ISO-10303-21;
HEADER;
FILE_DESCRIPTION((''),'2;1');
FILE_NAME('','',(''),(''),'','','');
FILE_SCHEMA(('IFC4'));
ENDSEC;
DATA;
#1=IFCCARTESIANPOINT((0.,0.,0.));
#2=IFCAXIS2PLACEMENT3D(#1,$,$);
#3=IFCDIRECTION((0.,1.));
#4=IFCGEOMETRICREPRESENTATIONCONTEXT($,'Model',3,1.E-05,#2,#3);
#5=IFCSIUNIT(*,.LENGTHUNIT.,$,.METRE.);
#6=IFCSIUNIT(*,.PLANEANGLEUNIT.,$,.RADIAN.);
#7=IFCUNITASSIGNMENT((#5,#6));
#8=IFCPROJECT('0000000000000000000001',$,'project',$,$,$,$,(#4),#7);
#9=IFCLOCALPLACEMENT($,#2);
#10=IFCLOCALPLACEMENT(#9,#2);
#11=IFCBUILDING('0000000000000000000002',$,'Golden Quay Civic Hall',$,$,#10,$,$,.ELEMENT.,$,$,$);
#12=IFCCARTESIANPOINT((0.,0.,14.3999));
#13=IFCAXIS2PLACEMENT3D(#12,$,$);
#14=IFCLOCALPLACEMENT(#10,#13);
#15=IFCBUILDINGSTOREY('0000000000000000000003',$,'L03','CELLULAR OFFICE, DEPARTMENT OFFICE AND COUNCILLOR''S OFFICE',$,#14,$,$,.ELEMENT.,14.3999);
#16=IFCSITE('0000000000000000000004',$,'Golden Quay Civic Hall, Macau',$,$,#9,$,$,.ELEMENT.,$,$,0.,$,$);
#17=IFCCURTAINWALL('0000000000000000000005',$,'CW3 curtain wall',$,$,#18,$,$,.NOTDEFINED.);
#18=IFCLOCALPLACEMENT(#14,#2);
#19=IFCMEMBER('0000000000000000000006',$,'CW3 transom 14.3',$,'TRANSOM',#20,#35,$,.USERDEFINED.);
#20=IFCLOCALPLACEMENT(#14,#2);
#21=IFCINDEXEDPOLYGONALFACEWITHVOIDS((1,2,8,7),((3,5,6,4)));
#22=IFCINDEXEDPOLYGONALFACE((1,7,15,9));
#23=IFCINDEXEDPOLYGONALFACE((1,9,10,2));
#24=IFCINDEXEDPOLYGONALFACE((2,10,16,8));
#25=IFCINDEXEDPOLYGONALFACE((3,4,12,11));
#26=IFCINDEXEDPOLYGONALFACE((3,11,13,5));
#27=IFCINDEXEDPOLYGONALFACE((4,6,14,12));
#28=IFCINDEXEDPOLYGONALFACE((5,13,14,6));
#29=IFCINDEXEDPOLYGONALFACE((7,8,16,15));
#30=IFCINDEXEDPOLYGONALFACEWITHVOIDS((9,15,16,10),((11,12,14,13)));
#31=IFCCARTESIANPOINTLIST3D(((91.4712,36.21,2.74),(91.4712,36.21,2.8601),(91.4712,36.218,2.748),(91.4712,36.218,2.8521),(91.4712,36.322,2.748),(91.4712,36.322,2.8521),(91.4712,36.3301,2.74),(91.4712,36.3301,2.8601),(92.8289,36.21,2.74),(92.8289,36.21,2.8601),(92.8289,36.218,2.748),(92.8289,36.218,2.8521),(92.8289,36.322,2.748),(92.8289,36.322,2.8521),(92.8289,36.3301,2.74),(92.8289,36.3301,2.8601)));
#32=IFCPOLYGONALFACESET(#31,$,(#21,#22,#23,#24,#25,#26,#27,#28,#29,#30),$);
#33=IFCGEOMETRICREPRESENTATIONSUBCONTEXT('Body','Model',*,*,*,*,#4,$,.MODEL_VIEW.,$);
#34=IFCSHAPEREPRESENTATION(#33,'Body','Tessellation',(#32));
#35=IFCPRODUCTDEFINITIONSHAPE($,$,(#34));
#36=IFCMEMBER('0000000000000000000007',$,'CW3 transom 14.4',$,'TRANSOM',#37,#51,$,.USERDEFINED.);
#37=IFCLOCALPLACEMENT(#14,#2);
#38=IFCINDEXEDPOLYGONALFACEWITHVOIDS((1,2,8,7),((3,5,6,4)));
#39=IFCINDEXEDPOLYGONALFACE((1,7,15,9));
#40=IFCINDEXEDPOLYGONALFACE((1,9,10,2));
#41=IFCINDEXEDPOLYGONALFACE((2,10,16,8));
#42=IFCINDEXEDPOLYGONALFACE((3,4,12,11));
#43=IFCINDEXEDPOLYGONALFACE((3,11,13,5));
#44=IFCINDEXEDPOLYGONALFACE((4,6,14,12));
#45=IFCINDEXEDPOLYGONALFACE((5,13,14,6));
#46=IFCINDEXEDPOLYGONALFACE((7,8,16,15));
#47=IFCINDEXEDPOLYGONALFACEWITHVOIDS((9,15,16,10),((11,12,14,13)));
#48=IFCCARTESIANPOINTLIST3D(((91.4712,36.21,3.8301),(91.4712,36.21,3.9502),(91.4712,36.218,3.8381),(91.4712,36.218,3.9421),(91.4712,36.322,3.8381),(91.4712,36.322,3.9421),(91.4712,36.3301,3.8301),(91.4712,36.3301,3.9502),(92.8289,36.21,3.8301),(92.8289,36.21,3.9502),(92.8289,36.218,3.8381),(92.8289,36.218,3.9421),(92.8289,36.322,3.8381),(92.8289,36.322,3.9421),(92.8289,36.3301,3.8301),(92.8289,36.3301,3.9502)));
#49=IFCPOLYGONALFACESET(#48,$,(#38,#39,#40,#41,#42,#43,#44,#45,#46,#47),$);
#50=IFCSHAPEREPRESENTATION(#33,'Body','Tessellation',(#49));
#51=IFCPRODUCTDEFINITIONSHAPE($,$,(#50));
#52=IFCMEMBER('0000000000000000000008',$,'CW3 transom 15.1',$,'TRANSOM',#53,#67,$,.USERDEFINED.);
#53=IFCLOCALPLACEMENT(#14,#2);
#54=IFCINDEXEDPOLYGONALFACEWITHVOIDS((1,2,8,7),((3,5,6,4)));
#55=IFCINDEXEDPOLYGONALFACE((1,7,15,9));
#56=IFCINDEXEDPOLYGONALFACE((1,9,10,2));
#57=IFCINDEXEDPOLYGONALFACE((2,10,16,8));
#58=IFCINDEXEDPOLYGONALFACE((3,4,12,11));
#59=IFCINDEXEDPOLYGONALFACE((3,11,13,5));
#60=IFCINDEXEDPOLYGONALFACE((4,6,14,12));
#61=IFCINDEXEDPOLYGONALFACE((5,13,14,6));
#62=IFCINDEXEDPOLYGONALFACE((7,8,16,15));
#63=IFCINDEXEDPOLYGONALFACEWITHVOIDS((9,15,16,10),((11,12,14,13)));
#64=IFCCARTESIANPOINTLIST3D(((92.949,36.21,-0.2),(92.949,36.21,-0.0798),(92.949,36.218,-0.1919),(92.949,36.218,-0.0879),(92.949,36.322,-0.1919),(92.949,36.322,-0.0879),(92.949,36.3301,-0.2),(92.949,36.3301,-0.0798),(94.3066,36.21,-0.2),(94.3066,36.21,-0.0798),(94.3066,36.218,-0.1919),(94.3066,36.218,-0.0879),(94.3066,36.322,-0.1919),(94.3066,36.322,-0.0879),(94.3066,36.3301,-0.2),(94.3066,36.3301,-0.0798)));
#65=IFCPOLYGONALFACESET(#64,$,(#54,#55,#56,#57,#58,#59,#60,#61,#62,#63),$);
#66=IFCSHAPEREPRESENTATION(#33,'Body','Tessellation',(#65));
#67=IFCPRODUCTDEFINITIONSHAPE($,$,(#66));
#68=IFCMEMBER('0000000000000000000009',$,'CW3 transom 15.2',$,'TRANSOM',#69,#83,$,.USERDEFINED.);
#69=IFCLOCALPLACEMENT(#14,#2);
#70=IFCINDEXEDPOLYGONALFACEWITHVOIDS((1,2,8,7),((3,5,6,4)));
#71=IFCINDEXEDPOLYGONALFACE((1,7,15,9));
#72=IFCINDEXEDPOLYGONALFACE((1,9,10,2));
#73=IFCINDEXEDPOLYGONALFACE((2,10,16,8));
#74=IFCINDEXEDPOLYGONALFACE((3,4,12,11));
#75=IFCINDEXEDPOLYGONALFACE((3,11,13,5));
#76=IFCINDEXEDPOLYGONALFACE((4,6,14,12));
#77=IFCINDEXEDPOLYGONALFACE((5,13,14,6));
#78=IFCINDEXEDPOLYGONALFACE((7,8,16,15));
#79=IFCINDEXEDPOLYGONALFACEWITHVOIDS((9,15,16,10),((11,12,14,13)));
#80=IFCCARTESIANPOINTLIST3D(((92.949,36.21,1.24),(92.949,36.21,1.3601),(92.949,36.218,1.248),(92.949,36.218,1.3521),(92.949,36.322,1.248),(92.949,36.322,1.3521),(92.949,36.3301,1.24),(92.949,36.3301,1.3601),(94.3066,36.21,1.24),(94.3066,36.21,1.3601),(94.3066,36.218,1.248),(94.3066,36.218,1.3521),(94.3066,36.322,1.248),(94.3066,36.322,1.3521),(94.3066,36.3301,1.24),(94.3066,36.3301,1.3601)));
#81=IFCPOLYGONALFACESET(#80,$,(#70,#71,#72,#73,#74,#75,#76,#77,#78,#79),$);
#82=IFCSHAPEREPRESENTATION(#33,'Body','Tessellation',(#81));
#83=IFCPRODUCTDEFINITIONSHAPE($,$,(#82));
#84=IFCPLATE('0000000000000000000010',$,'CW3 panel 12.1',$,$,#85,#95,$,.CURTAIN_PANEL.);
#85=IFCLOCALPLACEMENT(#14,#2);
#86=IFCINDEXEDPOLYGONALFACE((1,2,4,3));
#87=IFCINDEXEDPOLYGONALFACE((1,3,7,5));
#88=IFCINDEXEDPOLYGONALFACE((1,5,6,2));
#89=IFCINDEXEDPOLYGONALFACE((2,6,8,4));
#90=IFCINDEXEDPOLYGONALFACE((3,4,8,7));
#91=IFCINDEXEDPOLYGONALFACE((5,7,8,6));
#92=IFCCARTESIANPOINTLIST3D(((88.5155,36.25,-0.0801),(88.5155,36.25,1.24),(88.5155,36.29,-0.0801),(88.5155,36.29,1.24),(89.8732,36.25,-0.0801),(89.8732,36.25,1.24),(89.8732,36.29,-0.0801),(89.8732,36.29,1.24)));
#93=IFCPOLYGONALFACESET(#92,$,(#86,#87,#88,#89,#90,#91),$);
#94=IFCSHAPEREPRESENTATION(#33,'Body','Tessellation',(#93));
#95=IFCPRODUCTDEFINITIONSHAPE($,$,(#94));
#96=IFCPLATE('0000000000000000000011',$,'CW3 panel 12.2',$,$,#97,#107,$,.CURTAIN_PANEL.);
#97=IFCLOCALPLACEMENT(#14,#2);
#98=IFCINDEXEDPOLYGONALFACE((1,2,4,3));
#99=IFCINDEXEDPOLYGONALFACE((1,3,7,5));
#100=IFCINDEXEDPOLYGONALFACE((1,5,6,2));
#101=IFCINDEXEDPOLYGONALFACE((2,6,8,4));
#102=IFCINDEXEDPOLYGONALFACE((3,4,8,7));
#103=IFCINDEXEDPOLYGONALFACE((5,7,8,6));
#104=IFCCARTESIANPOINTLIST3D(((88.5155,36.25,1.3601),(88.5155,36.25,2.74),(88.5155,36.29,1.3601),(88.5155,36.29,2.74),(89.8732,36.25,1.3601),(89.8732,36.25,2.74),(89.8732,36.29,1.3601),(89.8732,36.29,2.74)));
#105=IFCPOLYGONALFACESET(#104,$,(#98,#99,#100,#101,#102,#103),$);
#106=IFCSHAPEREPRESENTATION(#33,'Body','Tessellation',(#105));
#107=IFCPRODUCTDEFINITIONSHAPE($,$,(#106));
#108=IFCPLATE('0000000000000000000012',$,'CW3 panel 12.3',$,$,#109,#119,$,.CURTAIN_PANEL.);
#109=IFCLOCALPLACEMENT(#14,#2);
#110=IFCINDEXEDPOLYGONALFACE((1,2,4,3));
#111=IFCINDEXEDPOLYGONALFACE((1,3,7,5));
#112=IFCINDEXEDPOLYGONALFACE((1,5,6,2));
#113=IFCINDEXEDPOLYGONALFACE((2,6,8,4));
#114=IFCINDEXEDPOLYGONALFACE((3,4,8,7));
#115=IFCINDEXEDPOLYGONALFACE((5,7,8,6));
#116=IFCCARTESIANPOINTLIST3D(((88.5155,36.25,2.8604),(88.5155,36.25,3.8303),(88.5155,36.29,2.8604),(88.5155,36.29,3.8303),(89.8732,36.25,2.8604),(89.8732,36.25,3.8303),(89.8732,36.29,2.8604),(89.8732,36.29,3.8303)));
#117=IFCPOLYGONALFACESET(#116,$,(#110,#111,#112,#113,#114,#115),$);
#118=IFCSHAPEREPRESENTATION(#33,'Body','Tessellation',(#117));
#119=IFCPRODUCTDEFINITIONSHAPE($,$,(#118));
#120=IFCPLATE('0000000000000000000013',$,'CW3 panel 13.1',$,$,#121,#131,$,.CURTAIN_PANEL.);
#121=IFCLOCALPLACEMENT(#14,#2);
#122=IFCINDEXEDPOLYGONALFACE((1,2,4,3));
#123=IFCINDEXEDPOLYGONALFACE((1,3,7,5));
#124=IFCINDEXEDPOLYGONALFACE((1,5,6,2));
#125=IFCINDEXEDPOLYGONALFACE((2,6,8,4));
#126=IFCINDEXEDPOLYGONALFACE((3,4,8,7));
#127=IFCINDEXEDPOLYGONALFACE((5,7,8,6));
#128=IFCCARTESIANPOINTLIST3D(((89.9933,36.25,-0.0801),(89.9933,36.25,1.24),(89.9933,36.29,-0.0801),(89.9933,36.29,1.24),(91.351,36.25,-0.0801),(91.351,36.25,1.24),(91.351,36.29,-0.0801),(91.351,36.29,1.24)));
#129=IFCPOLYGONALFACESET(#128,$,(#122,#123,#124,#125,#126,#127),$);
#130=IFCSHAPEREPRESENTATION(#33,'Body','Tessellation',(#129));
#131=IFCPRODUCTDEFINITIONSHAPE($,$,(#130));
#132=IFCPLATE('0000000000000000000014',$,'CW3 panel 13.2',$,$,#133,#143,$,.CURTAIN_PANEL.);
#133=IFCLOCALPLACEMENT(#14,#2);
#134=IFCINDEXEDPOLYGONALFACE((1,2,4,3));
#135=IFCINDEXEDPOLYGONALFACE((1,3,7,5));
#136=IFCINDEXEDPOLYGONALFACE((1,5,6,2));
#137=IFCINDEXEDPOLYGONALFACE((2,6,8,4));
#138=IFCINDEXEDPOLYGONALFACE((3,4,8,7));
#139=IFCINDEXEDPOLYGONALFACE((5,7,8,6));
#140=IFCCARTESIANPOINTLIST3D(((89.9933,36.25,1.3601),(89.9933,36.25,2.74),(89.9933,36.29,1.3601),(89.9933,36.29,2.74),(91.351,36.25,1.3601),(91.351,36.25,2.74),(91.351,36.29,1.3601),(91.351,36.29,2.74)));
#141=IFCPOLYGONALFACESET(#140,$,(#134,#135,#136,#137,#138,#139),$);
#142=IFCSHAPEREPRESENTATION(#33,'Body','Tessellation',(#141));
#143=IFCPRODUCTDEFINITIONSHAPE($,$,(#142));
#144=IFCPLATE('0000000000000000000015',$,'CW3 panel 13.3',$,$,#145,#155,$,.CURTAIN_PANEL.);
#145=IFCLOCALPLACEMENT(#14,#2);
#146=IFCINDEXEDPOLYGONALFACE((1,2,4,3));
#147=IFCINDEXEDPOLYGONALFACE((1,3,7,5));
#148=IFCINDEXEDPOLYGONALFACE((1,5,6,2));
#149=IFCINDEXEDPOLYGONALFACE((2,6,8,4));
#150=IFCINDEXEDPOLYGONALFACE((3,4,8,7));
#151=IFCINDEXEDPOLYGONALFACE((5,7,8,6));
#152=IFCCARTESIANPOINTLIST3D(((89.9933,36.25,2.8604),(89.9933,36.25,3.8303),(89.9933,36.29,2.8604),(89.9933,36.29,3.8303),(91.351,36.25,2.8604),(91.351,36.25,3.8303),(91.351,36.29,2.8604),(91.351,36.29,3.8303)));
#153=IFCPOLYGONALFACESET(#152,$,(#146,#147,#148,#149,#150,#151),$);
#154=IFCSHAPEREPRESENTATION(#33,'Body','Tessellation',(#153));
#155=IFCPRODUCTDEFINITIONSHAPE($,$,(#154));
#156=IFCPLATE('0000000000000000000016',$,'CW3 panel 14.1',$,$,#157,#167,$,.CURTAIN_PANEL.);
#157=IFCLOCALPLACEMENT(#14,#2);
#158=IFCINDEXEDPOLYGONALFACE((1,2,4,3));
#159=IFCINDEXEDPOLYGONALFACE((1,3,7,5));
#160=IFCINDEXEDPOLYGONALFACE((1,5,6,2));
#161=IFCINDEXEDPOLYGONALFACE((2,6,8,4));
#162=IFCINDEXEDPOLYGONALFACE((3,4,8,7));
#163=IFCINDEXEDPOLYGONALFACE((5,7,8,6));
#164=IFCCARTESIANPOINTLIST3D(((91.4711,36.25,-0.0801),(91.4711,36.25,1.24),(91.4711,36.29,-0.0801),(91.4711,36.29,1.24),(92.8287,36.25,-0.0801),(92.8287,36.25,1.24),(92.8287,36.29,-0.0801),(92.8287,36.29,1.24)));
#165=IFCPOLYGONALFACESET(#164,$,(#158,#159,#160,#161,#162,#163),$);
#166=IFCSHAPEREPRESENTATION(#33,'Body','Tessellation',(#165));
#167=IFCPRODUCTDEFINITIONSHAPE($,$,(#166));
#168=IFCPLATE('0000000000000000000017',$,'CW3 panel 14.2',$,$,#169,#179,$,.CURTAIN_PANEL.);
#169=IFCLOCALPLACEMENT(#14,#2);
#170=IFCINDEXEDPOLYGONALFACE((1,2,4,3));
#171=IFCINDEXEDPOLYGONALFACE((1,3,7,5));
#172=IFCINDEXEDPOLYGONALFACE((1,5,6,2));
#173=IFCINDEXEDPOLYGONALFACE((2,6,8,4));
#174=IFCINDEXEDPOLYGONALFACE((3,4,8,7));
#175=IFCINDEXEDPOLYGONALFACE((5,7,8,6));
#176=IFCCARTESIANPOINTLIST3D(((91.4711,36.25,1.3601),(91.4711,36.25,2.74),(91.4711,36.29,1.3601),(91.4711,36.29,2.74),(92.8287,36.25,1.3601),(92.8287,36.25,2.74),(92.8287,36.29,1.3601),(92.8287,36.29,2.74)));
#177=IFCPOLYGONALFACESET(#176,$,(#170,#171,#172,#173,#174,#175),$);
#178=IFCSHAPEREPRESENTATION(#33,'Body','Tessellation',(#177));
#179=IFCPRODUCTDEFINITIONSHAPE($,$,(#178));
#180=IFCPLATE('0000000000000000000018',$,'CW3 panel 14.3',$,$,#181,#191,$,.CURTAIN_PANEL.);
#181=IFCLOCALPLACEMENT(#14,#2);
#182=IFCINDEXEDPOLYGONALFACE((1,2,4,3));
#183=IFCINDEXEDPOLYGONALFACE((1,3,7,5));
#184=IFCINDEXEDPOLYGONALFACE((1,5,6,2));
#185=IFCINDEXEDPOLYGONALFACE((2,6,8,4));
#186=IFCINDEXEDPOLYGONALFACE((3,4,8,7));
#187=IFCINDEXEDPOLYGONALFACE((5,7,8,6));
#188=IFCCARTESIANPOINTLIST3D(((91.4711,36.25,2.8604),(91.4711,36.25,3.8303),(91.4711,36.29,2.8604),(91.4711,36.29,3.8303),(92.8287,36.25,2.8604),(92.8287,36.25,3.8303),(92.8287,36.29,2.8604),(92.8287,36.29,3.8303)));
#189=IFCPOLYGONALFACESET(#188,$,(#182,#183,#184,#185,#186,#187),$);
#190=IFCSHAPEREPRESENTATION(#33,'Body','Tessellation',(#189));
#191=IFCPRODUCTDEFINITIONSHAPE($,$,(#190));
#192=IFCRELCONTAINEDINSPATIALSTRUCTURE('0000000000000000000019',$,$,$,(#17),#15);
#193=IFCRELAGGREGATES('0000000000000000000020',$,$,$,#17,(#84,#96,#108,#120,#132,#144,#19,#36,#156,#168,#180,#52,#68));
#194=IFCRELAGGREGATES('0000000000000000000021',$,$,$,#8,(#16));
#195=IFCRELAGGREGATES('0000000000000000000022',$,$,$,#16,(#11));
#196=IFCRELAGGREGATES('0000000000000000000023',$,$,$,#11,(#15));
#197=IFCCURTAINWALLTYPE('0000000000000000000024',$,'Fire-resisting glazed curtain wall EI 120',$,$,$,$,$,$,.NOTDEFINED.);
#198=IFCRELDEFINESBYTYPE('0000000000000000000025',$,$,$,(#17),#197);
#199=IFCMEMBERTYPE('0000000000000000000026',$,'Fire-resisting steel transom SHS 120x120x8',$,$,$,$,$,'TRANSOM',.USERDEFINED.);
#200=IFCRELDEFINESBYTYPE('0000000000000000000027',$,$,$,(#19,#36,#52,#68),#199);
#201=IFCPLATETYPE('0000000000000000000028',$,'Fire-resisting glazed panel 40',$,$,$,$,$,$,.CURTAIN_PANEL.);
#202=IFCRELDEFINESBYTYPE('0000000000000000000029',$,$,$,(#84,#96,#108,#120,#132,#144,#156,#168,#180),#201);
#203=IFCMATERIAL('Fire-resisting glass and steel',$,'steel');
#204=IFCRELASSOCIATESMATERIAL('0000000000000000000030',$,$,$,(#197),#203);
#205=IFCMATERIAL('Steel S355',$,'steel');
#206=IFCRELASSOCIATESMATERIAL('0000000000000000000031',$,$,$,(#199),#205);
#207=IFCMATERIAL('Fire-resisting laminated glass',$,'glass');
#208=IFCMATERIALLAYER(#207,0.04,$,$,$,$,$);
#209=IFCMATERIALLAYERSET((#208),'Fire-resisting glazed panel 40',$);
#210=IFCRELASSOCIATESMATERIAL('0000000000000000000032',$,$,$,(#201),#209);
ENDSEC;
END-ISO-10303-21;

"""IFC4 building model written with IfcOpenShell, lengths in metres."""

from ifc_helpers import new_model, si_unit, direction, frame, origin, origin_2d, place, context, subcontext, project, spatial, rectangle, hollow_rectangle, extrude, material, layer, layer_set, material_profile, profile_set, type_object, element, aggregate, save


model = new_model("IFC4")

# Units and contexts
model_context = context("Model", 3, precision=1e-05, world=origin(), true_north=direction((0.0, 1.0)))
body_context = subcontext(model_context, "Body", "Model", "MODEL_VIEW")
ifc_project = project(units=[si_unit("LENGTHUNIT", "METRE"), si_unit("PLANEANGLEUNIT", "RADIAN")], contexts=[model_context])

# Site, building, storey
site_placement = place(None, origin())
site = spatial("IfcSite", under=ifc_project, at=site_placement, Name="Golden Quay Civic Hall, Macau", CompositionType="ELEMENT", RefElevation=0.0)
building_placement = place(site_placement, origin())
building = spatial("IfcBuilding", under=site, at=building_placement, Name="Golden Quay Civic Hall", CompositionType="ELEMENT")
storey_placement = place(building_placement, frame((0.0, 0.0, 14.3999)))
storey = spatial("IfcBuildingStorey", under=building, at=storey_placement, Name="L03", Description="CELLULAR OFFICE, DEPARTMENT OFFICE AND COUNCILLOR'S OFFICE", CompositionType="ELEMENT", Elevation=14.3999)

# Curtain wall, members, plates
ifc_material_1 = material(Name="Fire-resisting glass and steel", Category="steel")
curtain_wall_type = type_object("IfcCurtainWallType", Name="Fire-resisting glazed curtain wall EI 120", PredefinedType="NOTDEFINED", material=ifc_material_1)
curtain_wall_placement = place(storey_placement, origin())
curtain_wall = element("IfcCurtainWall", 1, at=curtain_wall_placement, inside=storey, type_object=curtain_wall_type, Name="CW3 curtain wall", PredefinedType="NOTDEFINED")
ifc_material_2 = material(Name="Steel S355", Category="steel")
ifc_material_profile_1 = material_profile(ifc_material_2, hollow_rectangle(XDim=0.1201, YDim=0.1201, WallThickness=0.0081, at=origin_2d()), Name="SHS 120x120x8")
ifc_profile_set_1 = profile_set([ifc_material_profile_1], Name="Steel S355")
member_type_1 = type_object("IfcMemberType", Name="Fire-resisting steel transom SHS 120x120x8", ElementType="TRANSOM", PredefinedType="USERDEFINED", material=ifc_profile_set_1)
member_1_placement = place(storey_placement, frame((91.4712, 36.27, 2.8), z_axis=(1.0, 0.0, 0.0), x_axis=(0.0, 1.0, 0.0)))
member_1 = element("IfcMember", 2, at=member_1_placement, type_object=member_type_1, Name="CW3 transom 14.3", ObjectType="TRANSOM", PredefinedType="USERDEFINED", context=body_context, shape_type="SweptSolid", body=[
    extrude(hollow_rectangle(XDim=0.1201, YDim=0.1201, WallThickness=0.0081, at=origin_2d()), origin(), (0.0, 0.0, 1.0), 1.3577),
])
member_2_placement = place(storey_placement, frame((91.4712, 36.27, 3.8901), z_axis=(1.0, 0.0, 0.0), x_axis=(0.0, 1.0, 0.0)))
member_2 = element("IfcMember", 3, at=member_2_placement, type_object=member_type_1, Name="CW3 transom 14.4", ObjectType="TRANSOM", PredefinedType="USERDEFINED", context=body_context, shape_type="SweptSolid", body=[
    extrude(hollow_rectangle(XDim=0.1201, YDim=0.1201, WallThickness=0.0081, at=origin_2d()), origin(), (0.0, 0.0, 1.0), 1.3577),
])
member_3_placement = place(storey_placement, frame((92.949, 36.27, -0.1399), z_axis=(1.0, 0.0, 0.0), x_axis=(0.0, 1.0, 0.0)))
member_3 = element("IfcMember", 4, at=member_3_placement, type_object=member_type_1, Name="CW3 transom 15.1", ObjectType="TRANSOM", PredefinedType="USERDEFINED", context=body_context, shape_type="SweptSolid", body=[
    extrude(hollow_rectangle(XDim=0.1201, YDim=0.1201, WallThickness=0.0081, at=origin_2d()), origin(), (0.0, 0.0, 1.0), 1.3577),
])
member_4_placement = place(storey_placement, frame((92.949, 36.27, 1.3), z_axis=(1.0, 0.0, 0.0), x_axis=(0.0, 1.0, 0.0)))
member_4 = element("IfcMember", 5, at=member_4_placement, type_object=member_type_1, Name="CW3 transom 15.2", ObjectType="TRANSOM", PredefinedType="USERDEFINED", context=body_context, shape_type="SweptSolid", body=[
    extrude(hollow_rectangle(XDim=0.1201, YDim=0.1201, WallThickness=0.0081, at=origin_2d()), origin(), (0.0, 0.0, 1.0), 1.3577),
])
ifc_material_3 = material(Name="Fire-resisting laminated glass", Category="glass")
ifc_layer = layer(ifc_material_3, 0.04)
ifc_layer_set = layer_set([ifc_layer], Name="Fire-resisting glazed panel 40")
plate_type = type_object("IfcPlateType", Name="Fire-resisting glazed panel 40", PredefinedType="CURTAIN_PANEL", material=ifc_layer_set)
plate_1_placement = place(storey_placement, frame((89.1943, 36.27, -0.0801), z_axis=(0.0, 0.0, 1.0), x_axis=(1.0, 0.0, 0.0)))
plate_1 = element("IfcPlate", 6, at=plate_1_placement, type_object=plate_type, Name="CW3 panel 12.1", PredefinedType="CURTAIN_PANEL", context=body_context, shape_type="SweptSolid", body=[
    extrude(rectangle(XDim=1.3577, YDim=0.04, at=origin_2d()), origin(), (0.0, 0.0, 1.0), 1.3201),
])
plate_2_placement = place(storey_placement, frame((89.1943, 36.27, 1.3601), z_axis=(0.0, 0.0, 1.0), x_axis=(1.0, 0.0, 0.0)))
plate_2 = element("IfcPlate", 7, at=plate_2_placement, type_object=plate_type, Name="CW3 panel 12.2", PredefinedType="CURTAIN_PANEL", context=body_context, shape_type="SweptSolid", body=[
    extrude(rectangle(XDim=1.3577, YDim=0.04, at=origin_2d()), origin(), (0.0, 0.0, 1.0), 1.3799),
])
plate_3_placement = place(storey_placement, frame((89.1943, 36.27, 2.8604), z_axis=(0.0, 0.0, 1.0), x_axis=(1.0, 0.0, 0.0)))
plate_3 = element("IfcPlate", 8, at=plate_3_placement, type_object=plate_type, Name="CW3 panel 12.3", PredefinedType="CURTAIN_PANEL", context=body_context, shape_type="SweptSolid", body=[
    extrude(rectangle(XDim=1.3577, YDim=0.04, at=origin_2d()), origin(), (0.0, 0.0, 1.0), 0.97),
])
plate_4_placement = place(storey_placement, frame((90.6721, 36.27, -0.0801), z_axis=(0.0, 0.0, 1.0), x_axis=(1.0, 0.0, 0.0)))
plate_4 = element("IfcPlate", 9, at=plate_4_placement, type_object=plate_type, Name="CW3 panel 13.1", PredefinedType="CURTAIN_PANEL", context=body_context, shape_type="SweptSolid", body=[
    extrude(rectangle(XDim=1.3577, YDim=0.04, at=origin_2d()), origin(), (0.0, 0.0, 1.0), 1.3201),
])
plate_5_placement = place(storey_placement, frame((90.6721, 36.27, 1.3601), z_axis=(0.0, 0.0, 1.0), x_axis=(1.0, 0.0, 0.0)))
plate_5 = element("IfcPlate", 10, at=plate_5_placement, type_object=plate_type, Name="CW3 panel 13.2", PredefinedType="CURTAIN_PANEL", context=body_context, shape_type="SweptSolid", body=[
    extrude(rectangle(XDim=1.3577, YDim=0.04, at=origin_2d()), origin(), (0.0, 0.0, 1.0), 1.3799),
])
plate_6_placement = place(storey_placement, frame((90.6721, 36.27, 2.8604), z_axis=(0.0, 0.0, 1.0), x_axis=(1.0, 0.0, 0.0)))
plate_6 = element("IfcPlate", 11, at=plate_6_placement, type_object=plate_type, Name="CW3 panel 13.3", PredefinedType="CURTAIN_PANEL", context=body_context, shape_type="SweptSolid", body=[
    extrude(rectangle(XDim=1.3577, YDim=0.04, at=origin_2d()), origin(), (0.0, 0.0, 1.0), 0.97),
])
plate_7_placement = place(storey_placement, frame((92.1499, 36.27, -0.0801), z_axis=(0.0, 0.0, 1.0), x_axis=(1.0, 0.0, 0.0)))
plate_7 = element("IfcPlate", 12, at=plate_7_placement, type_object=plate_type, Name="CW3 panel 14.1", PredefinedType="CURTAIN_PANEL", context=body_context, shape_type="SweptSolid", body=[
    extrude(rectangle(XDim=1.3577, YDim=0.04, at=origin_2d()), origin(), (0.0, 0.0, 1.0), 1.3201),
])
plate_8_placement = place(storey_placement, frame((92.1499, 36.27, 1.3601), z_axis=(0.0, 0.0, 1.0), x_axis=(1.0, 0.0, 0.0)))
plate_8 = element("IfcPlate", 13, at=plate_8_placement, type_object=plate_type, Name="CW3 panel 14.2", PredefinedType="CURTAIN_PANEL", context=body_context, shape_type="SweptSolid", body=[
    extrude(rectangle(XDim=1.3577, YDim=0.04, at=origin_2d()), origin(), (0.0, 0.0, 1.0), 1.3799),
])
plate_9_placement = place(storey_placement, frame((92.1499, 36.27, 2.8604), z_axis=(0.0, 0.0, 1.0), x_axis=(1.0, 0.0, 0.0)))
plate_9 = element("IfcPlate", 14, at=plate_9_placement, type_object=plate_type, Name="CW3 panel 14.3", PredefinedType="CURTAIN_PANEL", context=body_context, shape_type="SweptSolid", body=[
    extrude(rectangle(XDim=1.3577, YDim=0.04, at=origin_2d()), origin(), (0.0, 0.0, 1.0), 0.97),
])
aggregate(curtain_wall, [plate_1, plate_2, plate_3, plate_4, plate_5, plate_6, member_1, member_2, plate_7, plate_8, plate_9, member_3, member_4])

save(model, "model.ifc")
